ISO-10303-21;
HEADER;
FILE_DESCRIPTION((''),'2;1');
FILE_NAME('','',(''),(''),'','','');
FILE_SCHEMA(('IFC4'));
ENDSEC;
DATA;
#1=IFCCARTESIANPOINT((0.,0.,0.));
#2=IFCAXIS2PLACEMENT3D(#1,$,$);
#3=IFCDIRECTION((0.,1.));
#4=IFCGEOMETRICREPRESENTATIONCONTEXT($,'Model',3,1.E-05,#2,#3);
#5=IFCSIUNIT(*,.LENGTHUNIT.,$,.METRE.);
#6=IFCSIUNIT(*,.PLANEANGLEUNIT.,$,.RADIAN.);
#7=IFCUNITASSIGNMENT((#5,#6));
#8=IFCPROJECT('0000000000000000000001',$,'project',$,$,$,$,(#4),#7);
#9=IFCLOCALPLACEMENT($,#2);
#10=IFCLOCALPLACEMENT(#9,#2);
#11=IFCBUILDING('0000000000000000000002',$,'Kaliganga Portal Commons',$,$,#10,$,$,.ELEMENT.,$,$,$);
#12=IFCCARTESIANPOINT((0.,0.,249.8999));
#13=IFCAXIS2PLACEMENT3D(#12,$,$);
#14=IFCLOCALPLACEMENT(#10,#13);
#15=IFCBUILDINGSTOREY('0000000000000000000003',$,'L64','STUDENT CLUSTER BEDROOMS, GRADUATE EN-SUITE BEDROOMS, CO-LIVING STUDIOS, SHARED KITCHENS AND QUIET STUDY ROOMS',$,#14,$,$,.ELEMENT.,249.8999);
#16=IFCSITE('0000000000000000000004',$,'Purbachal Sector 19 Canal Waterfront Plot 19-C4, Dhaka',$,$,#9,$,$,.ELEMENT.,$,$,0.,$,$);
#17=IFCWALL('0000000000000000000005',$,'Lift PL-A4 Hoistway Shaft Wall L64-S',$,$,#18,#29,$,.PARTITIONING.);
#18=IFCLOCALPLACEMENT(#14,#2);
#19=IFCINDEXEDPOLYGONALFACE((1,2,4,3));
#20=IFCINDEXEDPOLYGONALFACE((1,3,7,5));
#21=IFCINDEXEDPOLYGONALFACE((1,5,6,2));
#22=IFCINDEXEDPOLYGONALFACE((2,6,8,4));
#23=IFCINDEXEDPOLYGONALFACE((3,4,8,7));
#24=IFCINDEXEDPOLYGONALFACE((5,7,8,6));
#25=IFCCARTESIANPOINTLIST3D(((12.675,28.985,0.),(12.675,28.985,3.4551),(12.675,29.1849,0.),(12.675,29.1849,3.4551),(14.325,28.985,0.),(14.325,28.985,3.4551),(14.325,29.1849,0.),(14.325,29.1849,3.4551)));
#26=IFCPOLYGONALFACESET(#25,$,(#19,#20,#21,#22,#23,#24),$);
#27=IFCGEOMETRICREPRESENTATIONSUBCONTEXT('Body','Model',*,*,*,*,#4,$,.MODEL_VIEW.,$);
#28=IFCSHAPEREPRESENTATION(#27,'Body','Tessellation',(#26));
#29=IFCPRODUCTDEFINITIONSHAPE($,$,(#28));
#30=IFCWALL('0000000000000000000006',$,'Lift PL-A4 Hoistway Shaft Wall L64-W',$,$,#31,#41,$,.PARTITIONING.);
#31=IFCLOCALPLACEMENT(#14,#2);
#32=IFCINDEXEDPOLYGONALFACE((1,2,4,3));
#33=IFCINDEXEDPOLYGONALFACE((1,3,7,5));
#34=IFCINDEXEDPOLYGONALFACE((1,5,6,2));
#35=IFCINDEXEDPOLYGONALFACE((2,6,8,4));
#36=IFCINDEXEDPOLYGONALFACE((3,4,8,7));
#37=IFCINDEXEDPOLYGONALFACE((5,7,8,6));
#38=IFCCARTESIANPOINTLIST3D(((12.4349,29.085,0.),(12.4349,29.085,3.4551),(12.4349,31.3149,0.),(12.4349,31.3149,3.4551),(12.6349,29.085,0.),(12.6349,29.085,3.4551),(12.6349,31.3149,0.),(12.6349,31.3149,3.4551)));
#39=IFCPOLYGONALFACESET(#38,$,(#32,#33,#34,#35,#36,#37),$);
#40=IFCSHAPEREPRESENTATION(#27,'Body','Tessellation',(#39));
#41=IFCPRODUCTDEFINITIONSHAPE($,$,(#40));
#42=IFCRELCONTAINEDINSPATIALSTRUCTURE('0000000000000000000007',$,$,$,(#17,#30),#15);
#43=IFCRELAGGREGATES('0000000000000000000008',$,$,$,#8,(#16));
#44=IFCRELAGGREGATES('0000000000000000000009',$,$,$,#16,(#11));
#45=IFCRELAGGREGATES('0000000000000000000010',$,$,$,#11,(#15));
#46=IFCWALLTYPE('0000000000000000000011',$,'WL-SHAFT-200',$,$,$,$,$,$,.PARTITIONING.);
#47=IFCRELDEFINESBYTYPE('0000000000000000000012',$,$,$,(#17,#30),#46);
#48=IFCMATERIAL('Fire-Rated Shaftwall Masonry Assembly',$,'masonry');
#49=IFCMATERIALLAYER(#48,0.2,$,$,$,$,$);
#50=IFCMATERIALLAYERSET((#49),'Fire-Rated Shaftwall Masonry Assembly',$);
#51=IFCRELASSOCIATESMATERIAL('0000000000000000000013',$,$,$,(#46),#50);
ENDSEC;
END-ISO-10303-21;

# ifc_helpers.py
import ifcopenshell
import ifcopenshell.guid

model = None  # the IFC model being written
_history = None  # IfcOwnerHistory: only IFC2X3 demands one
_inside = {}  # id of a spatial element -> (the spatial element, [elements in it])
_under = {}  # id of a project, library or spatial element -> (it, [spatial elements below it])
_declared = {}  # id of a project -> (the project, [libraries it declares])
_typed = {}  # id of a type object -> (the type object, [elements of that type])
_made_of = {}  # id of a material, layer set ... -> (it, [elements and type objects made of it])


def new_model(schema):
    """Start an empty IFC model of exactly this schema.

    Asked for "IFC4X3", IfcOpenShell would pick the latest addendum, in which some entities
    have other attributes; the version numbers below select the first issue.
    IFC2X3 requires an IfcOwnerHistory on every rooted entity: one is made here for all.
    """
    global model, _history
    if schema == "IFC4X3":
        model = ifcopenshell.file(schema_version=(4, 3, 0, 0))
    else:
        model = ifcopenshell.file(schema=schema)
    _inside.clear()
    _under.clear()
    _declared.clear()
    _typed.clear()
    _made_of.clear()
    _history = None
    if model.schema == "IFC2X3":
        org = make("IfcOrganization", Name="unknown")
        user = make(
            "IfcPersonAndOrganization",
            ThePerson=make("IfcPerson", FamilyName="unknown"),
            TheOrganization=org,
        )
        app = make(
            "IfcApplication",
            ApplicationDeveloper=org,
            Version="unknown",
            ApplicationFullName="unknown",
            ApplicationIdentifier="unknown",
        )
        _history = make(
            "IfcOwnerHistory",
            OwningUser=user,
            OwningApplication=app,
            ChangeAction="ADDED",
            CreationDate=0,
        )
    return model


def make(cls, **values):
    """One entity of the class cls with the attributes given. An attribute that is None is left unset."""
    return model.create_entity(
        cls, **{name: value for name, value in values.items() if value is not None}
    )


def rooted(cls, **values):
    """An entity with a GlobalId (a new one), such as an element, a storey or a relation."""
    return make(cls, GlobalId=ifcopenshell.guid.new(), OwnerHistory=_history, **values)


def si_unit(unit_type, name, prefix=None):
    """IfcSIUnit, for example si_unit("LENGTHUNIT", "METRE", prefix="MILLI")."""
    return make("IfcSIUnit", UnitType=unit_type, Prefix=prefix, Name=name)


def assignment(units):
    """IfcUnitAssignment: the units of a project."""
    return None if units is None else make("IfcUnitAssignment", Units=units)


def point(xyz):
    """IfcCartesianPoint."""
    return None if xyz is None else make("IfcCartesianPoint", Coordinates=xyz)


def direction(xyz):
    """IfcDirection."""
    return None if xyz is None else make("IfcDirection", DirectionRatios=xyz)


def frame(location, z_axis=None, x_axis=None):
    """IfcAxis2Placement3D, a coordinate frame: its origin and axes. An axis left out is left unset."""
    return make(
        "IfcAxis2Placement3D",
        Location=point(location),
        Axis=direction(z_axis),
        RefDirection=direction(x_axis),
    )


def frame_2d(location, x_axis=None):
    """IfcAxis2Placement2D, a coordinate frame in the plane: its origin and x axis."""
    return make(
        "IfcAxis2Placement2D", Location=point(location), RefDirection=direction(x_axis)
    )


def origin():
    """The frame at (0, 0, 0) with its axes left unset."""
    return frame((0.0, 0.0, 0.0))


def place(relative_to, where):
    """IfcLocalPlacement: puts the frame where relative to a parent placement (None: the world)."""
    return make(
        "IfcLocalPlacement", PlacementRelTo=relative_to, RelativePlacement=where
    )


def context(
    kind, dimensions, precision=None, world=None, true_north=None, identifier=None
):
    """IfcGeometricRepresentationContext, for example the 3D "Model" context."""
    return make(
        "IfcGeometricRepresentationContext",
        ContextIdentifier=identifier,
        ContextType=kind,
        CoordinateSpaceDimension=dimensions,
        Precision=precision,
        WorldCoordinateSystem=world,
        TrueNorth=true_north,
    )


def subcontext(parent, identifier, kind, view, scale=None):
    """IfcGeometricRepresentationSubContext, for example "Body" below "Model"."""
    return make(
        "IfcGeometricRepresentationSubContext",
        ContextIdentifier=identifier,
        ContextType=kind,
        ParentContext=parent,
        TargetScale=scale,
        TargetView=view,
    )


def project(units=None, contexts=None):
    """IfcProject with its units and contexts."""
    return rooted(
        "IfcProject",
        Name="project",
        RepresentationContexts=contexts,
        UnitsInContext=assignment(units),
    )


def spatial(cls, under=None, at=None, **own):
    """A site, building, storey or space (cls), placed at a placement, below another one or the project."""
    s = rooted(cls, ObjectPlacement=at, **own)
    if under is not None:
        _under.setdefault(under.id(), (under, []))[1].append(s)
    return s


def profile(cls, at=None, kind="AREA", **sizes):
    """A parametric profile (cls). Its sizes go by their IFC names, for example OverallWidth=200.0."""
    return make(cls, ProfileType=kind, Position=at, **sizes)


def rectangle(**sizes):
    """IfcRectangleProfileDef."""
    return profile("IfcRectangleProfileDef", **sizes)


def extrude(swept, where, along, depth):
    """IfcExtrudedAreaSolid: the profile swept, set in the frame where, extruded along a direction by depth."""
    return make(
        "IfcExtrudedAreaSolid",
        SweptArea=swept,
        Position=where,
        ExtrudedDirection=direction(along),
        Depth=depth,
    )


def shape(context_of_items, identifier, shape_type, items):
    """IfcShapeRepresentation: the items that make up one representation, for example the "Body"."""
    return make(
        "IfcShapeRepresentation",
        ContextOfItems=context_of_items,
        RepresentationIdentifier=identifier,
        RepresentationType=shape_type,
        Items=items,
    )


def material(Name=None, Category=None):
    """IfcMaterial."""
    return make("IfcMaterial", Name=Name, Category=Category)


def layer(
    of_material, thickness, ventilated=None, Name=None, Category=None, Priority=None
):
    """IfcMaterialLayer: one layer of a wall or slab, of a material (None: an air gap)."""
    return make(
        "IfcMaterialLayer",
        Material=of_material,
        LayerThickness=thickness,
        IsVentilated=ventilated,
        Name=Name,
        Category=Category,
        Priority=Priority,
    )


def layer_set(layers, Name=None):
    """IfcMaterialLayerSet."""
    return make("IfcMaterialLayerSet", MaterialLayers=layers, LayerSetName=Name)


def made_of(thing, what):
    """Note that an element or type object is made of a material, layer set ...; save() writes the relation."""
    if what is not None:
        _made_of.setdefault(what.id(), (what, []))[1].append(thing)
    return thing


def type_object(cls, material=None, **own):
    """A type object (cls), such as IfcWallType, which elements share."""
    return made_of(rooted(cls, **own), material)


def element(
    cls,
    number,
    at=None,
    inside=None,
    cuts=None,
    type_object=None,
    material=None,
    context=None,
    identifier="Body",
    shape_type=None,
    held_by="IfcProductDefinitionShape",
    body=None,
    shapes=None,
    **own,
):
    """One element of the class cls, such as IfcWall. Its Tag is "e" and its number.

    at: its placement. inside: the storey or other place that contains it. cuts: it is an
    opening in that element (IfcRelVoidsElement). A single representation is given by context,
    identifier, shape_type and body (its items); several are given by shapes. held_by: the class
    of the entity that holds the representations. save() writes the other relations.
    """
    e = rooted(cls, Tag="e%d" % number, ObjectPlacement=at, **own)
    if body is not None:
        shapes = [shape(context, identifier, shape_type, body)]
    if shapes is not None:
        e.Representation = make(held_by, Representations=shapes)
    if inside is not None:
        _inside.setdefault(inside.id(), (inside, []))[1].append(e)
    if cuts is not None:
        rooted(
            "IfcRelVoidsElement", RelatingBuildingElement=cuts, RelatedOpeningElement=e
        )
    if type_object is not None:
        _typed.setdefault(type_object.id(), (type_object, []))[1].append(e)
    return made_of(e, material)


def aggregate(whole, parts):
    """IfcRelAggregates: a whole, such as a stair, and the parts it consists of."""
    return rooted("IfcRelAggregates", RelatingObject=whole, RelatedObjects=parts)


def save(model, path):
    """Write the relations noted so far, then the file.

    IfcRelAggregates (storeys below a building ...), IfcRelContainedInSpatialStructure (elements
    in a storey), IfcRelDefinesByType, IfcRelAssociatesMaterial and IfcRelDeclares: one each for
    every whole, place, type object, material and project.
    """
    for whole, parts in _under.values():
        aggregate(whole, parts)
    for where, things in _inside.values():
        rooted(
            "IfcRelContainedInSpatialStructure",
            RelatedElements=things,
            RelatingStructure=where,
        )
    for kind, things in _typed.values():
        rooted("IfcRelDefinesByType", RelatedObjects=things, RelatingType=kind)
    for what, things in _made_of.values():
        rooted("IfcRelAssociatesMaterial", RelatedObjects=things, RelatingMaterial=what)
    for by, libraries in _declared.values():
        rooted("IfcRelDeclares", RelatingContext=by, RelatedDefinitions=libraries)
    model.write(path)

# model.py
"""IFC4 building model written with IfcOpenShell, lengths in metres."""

from ifc_helpers import new_model, si_unit, direction, frame, frame_2d, origin, place, context, subcontext, project, spatial, rectangle, extrude, material, layer, layer_set, type_object, element, save


model = new_model("IFC4")

# Units and contexts
model_context = context("Model", 3, precision=1e-05, world=origin(), true_north=direction((0.0, 1.0)))
body_context = subcontext(model_context, "Body", "Model", "MODEL_VIEW")
ifc_project = project(units=[si_unit("LENGTHUNIT", "METRE"), si_unit("PLANEANGLEUNIT", "RADIAN")], contexts=[model_context])

# Site, building, storey
site_placement = place(None, origin())
site = spatial("IfcSite", under=ifc_project, at=site_placement, Name="Purbachal Sector 19 Canal Waterfront Plot 19-C4, Dhaka", CompositionType="ELEMENT", RefElevation=0.0)
building_placement = place(site_placement, origin())
building = spatial("IfcBuilding", under=site, at=building_placement, Name="Kaliganga Portal Commons", CompositionType="ELEMENT")
storey_placement = place(building_placement, frame((0.0, 0.0, 249.8999)))
storey = spatial("IfcBuildingStorey", under=building, at=storey_placement, Name="L64", Description="STUDENT CLUSTER BEDROOMS, GRADUATE EN-SUITE BEDROOMS, CO-LIVING STUDIOS, SHARED KITCHENS AND QUIET STUDY ROOMS", CompositionType="ELEMENT", Elevation=249.8999)

# Walls
ifc_material_1 = material(Name="Fire-Rated Shaftwall Masonry Assembly", Category="masonry")
ifc_layer_1 = layer(ifc_material_1, 0.2)
ifc_layer_set_1 = layer_set([ifc_layer_1], Name="Fire-Rated Shaftwall Masonry Assembly")
wall_type_1 = type_object("IfcWallType", Name="WL-SHAFT-200", PredefinedType="PARTITIONING", material=ifc_layer_set_1)
wall_1_placement = place(storey_placement, frame((12.675, 29.085, 0.0), z_axis=(0.0, 0.0, 1.0), x_axis=(1.0, 0.0, 0.0)))
element("IfcWall", 1, at=wall_1_placement, inside=storey, type_object=wall_type_1, Name="Lift PL-A4 Hoistway Shaft Wall L64-S", PredefinedType="PARTITIONING", context=body_context, shape_type="SweptSolid", body=[
    extrude(rectangle(XDim=1.6499, YDim=0.2, at=frame_2d((0.825, 0.0))), origin(), (0.0, 0.0, 1.0), 3.4551),
])
wall_2_placement = place(storey_placement, frame((12.5349, 29.085, 0.0), z_axis=(0.0, 0.0, 1.0), x_axis=(0.0, 1.0, 0.0)))
element("IfcWall", 2, at=wall_2_placement, inside=storey, type_object=wall_type_1, Name="Lift PL-A4 Hoistway Shaft Wall L64-W", PredefinedType="PARTITIONING", context=body_context, shape_type="SweptSolid", body=[
    extrude(rectangle(XDim=2.23, YDim=0.2, at=frame_2d((1.115, 0.0))), origin(), (0.0, 0.0, 1.0), 3.4551),
])

save(model, "model.ifc")
